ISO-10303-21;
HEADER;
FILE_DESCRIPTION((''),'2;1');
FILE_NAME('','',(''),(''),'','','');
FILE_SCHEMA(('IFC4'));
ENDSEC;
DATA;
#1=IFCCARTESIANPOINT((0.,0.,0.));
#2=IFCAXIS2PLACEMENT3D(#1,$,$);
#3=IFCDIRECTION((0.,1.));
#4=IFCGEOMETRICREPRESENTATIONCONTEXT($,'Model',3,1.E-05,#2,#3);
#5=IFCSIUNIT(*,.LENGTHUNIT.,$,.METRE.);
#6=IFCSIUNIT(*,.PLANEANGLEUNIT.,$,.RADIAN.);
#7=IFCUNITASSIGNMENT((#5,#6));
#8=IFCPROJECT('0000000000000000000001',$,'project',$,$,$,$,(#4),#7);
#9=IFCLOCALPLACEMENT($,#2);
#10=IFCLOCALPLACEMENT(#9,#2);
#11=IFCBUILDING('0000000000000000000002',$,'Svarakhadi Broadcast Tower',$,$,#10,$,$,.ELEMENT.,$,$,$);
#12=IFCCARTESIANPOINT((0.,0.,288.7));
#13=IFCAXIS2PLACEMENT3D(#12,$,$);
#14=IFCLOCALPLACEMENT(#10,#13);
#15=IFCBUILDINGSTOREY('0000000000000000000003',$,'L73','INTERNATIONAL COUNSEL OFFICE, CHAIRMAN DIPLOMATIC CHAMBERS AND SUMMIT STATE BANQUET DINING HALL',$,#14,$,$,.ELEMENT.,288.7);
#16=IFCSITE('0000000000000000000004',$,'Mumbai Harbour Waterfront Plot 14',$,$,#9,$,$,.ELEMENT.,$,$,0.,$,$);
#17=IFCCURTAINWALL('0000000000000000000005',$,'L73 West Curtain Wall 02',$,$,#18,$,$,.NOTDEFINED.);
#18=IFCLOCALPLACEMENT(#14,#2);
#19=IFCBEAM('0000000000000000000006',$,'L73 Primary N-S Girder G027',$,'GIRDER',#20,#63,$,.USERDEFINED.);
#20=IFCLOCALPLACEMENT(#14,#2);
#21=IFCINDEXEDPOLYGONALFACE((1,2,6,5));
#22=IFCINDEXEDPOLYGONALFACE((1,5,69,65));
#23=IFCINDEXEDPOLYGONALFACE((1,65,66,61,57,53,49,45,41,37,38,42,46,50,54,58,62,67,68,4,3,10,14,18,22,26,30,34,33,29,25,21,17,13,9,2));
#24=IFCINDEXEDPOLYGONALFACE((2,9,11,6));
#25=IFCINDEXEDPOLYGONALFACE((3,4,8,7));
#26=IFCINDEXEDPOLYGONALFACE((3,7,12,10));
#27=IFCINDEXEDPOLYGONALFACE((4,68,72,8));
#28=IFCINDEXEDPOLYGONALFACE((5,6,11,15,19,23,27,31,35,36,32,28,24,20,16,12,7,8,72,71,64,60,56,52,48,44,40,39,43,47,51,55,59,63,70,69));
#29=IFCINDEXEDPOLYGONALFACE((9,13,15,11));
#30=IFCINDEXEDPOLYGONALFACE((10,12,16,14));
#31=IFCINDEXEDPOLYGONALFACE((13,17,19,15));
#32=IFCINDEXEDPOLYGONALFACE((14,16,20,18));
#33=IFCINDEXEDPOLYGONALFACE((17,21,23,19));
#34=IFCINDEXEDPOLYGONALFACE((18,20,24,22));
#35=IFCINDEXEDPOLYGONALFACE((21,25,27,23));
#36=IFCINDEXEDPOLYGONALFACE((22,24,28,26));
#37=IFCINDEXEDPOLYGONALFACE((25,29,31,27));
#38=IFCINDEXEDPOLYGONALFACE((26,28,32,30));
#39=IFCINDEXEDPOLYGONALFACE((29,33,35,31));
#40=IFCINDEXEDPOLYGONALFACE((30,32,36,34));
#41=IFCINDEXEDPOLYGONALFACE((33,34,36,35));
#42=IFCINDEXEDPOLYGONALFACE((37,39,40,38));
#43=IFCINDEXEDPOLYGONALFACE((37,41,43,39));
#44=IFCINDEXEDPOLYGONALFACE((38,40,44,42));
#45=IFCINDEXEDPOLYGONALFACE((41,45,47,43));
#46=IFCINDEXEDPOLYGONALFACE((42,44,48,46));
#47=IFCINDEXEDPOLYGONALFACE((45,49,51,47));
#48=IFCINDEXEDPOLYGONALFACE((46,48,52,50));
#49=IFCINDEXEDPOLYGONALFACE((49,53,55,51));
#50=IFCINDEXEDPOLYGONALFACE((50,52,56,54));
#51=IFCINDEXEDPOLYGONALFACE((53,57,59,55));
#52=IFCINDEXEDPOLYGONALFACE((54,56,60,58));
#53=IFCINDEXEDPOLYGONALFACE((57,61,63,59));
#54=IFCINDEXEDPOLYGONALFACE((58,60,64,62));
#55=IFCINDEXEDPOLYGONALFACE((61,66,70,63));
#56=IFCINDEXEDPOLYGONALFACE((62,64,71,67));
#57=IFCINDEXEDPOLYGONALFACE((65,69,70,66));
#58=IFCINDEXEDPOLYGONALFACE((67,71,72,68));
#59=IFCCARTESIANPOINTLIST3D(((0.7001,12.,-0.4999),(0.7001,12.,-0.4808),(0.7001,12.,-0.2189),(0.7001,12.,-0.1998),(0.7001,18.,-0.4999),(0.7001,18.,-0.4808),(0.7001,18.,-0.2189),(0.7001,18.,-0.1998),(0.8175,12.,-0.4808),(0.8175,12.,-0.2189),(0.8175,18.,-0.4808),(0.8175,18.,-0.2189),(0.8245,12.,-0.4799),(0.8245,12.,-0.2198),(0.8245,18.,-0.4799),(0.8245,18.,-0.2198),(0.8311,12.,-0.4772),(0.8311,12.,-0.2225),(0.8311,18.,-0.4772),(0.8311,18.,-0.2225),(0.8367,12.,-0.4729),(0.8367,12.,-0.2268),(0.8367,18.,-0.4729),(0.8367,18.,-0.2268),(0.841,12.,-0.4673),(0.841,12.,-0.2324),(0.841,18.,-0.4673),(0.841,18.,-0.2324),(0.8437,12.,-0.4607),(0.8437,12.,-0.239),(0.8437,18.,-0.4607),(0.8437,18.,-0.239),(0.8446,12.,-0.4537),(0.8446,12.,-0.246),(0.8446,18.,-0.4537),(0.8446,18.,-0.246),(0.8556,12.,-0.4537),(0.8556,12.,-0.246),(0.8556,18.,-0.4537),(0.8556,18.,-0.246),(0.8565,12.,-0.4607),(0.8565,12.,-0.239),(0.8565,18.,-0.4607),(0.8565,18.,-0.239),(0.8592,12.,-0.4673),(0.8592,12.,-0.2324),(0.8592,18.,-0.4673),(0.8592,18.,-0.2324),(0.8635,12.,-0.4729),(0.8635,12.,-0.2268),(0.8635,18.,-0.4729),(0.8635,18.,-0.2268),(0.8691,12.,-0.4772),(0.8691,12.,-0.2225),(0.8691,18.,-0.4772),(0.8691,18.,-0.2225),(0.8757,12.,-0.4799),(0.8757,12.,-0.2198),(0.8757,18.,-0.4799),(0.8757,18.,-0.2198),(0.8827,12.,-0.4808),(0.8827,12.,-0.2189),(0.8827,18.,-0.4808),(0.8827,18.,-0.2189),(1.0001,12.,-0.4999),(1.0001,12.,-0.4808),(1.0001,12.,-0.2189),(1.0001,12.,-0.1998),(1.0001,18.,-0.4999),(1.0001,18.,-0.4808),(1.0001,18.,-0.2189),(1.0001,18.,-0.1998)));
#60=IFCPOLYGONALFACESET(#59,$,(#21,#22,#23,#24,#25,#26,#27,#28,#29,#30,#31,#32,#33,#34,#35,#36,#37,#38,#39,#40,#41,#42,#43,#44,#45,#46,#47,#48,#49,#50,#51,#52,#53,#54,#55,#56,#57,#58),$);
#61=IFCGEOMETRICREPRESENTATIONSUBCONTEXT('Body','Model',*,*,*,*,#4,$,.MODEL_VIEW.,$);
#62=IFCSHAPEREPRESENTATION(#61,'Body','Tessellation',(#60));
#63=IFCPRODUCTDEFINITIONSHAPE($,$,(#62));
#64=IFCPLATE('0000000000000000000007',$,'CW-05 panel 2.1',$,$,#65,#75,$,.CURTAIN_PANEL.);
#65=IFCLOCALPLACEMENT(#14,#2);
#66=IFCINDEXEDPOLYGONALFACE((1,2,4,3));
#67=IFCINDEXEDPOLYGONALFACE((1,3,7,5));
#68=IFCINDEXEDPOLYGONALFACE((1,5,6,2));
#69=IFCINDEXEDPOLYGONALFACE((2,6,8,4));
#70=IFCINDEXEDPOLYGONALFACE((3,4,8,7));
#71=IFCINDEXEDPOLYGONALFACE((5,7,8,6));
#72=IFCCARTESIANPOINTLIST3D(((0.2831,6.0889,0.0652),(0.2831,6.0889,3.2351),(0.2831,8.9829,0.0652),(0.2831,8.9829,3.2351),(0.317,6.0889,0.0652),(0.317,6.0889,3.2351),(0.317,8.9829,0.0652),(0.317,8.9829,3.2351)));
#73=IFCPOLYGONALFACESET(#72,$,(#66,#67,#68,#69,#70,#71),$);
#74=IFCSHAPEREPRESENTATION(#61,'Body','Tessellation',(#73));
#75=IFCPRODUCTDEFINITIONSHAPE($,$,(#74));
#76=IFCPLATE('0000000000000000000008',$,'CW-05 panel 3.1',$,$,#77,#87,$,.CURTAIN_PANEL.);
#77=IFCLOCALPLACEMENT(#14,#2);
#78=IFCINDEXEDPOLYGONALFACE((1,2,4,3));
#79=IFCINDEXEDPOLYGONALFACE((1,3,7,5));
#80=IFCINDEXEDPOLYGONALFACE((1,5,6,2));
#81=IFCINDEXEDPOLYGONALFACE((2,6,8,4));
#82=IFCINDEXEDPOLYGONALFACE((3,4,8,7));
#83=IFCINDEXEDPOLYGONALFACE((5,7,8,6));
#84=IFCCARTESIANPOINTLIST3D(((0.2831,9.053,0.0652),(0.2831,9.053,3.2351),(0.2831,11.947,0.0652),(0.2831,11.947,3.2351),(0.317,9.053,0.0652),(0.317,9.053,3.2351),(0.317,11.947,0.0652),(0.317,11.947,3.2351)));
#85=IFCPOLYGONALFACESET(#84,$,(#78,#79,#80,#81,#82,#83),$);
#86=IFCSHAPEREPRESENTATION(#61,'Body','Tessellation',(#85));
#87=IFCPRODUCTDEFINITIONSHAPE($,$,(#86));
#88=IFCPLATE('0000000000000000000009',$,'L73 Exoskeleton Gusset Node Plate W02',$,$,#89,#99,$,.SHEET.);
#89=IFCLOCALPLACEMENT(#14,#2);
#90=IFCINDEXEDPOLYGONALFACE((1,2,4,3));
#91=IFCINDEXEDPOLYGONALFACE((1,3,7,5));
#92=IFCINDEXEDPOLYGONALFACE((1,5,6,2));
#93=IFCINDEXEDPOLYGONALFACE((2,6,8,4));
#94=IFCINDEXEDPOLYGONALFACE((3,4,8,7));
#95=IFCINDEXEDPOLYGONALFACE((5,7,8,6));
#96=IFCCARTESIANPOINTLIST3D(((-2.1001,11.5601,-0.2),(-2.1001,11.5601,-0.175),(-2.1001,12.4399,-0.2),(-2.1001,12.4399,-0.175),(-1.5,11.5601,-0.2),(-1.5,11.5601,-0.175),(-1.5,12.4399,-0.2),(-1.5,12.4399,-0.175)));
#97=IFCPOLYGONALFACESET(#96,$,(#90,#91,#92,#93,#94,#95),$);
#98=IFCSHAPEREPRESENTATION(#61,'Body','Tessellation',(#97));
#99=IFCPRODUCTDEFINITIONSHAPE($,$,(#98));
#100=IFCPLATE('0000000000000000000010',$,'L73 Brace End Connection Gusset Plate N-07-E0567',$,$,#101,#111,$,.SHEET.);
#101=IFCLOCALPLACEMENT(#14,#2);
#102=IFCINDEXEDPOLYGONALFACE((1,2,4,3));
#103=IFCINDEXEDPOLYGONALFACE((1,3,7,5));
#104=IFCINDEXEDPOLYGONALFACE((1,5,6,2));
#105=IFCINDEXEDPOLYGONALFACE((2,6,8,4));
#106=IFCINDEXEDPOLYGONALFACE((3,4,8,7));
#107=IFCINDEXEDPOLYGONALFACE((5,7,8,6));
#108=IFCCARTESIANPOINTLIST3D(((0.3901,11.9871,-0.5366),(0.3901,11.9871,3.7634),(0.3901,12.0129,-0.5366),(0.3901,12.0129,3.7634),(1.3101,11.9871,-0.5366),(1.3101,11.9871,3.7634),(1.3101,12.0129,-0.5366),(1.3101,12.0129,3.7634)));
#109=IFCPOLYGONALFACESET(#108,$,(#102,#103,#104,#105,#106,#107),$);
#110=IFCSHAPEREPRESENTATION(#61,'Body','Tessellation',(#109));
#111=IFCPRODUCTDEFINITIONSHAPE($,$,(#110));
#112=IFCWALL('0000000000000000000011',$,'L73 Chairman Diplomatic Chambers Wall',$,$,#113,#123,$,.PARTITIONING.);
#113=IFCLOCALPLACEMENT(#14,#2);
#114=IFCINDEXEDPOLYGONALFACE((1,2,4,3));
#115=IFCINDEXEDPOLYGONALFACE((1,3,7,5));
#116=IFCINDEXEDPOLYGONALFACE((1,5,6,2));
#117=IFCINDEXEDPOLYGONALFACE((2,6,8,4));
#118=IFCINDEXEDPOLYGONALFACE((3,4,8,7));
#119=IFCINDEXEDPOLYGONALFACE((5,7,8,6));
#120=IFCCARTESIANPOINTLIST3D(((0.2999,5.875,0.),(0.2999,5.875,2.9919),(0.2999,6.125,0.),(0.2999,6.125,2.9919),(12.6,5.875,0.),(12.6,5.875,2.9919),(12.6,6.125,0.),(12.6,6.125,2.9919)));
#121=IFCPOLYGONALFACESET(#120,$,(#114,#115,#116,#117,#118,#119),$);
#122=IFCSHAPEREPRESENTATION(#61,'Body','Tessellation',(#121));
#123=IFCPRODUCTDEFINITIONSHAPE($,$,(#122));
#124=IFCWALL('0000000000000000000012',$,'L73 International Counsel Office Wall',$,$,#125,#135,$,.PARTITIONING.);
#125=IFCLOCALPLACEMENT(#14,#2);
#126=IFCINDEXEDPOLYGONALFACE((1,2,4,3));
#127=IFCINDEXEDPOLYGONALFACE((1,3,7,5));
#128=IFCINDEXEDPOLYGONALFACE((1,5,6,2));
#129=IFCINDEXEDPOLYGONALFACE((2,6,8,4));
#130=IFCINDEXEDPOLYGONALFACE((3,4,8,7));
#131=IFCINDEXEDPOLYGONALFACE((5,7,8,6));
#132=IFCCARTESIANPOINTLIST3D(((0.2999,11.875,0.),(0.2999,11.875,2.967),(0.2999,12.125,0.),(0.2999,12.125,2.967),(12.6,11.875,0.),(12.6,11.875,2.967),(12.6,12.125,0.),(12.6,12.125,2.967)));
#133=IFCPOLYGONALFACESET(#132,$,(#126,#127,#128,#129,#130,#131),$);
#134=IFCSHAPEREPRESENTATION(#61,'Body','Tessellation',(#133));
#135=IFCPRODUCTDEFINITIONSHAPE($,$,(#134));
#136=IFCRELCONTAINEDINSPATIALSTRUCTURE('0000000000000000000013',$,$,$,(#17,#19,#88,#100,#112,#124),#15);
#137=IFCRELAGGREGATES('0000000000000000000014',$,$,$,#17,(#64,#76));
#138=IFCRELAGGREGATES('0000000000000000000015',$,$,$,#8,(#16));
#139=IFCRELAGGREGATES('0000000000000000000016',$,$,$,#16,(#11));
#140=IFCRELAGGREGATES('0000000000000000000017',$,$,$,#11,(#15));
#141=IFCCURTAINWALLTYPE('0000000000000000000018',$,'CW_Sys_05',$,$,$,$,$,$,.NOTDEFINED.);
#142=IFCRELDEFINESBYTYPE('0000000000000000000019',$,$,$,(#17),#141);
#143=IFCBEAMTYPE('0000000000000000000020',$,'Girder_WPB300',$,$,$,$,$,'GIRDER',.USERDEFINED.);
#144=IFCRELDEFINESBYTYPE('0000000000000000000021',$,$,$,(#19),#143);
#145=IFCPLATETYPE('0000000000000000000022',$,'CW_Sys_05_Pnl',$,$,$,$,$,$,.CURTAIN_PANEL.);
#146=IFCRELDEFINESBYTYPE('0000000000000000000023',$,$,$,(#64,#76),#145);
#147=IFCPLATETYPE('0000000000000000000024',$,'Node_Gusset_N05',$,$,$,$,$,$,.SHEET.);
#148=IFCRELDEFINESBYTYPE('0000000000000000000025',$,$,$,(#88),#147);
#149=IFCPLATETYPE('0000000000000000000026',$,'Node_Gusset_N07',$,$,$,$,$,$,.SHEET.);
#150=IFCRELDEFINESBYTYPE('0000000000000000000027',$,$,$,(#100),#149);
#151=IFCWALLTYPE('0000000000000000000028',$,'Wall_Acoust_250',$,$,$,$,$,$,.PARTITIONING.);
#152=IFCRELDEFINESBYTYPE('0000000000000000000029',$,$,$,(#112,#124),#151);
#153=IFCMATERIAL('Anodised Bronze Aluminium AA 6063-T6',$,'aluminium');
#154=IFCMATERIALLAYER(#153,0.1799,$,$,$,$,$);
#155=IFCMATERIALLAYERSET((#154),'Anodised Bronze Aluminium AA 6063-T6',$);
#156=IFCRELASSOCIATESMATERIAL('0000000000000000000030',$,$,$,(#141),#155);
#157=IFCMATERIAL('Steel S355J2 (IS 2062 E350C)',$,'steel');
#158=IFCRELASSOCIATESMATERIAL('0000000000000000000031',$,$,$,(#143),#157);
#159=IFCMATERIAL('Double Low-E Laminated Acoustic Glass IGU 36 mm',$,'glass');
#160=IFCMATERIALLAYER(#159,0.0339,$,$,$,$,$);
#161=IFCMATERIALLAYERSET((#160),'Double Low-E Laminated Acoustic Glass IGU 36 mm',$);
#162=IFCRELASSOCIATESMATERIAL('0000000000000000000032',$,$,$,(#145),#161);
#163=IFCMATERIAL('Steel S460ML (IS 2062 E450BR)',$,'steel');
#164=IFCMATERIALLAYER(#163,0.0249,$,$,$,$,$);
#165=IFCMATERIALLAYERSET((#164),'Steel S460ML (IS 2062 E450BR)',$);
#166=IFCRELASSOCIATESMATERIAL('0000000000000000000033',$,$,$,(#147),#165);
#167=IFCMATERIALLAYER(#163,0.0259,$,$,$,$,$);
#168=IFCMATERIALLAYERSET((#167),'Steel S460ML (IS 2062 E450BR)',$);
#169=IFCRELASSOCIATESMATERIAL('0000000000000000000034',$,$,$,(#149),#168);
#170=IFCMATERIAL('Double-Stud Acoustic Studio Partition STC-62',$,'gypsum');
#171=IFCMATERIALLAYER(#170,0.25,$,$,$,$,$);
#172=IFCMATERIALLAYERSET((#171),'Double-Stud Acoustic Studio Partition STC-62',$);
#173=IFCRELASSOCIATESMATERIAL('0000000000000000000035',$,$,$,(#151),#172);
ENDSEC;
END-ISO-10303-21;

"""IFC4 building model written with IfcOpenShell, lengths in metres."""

from ifc_helpers import new_model, si_unit, direction, frame, frame_2d, origin, origin_2d, place, context, subcontext, project, spatial, rectangle, i_section, extrude, material, layer, layer_set, material_profile, profile_set, type_object, element, aggregate, save


model = new_model("IFC4")

# Units and contexts
model_context = context("Model", 3, precision=1e-05, world=origin(), true_north=direction((0.0, 1.0)))
body_context = subcontext(model_context, "Body", "Model", "MODEL_VIEW")
ifc_project = project(units=[si_unit("LENGTHUNIT", "METRE"), si_unit("PLANEANGLEUNIT", "RADIAN")], contexts=[model_context])

# Site, building, storey
site_placement = place(None, origin())
site = spatial("IfcSite", under=ifc_project, at=site_placement, Name="Mumbai Harbour Waterfront Plot 14", CompositionType="ELEMENT", RefElevation=0.0)
building_placement = place(site_placement, origin())
building = spatial("IfcBuilding", under=site, at=building_placement, Name="Svarakhadi Broadcast Tower", CompositionType="ELEMENT")
storey_placement = place(building_placement, frame((0.0, 0.0, 288.7)))
storey = spatial("IfcBuildingStorey", under=building, at=storey_placement, Name="L73", Description="INTERNATIONAL COUNSEL OFFICE, CHAIRMAN DIPLOMATIC CHAMBERS AND SUMMIT STATE BANQUET DINING HALL", CompositionType="ELEMENT", Elevation=288.7)

# Shared definitions
ifc_material_1 = material(Name="Steel S460ML (IS 2062 E450BR)", Category="steel")

# Shared definitions
ifc_material_2 = material(Name="Steel S355J2 (IS 2062 E350C)", Category="steel")

# Curtain wall
ifc_material_3 = material(Name="Anodised Bronze Aluminium AA 6063-T6", Category="aluminium")
ifc_layer_1 = layer(ifc_material_3, 0.1799)
ifc_layer_set_1 = layer_set([ifc_layer_1], Name="Anodised Bronze Aluminium AA 6063-T6")
curtain_wall_type = type_object("IfcCurtainWallType", Name="CW_Sys_05", PredefinedType="NOTDEFINED", material=ifc_layer_set_1)
curtain_wall_placement = place(storey_placement, origin())
curtain_wall = element("IfcCurtainWall", 1, at=curtain_wall_placement, inside=storey, type_object=curtain_wall_type, Name="L73 West Curtain Wall 02", PredefinedType="NOTDEFINED")

# Beam
ifc_material_profile_1 = material_profile(ifc_material_2, i_section(OverallWidth=0.3, OverallDepth=0.3, WebThickness=0.011, FlangeThickness=0.019, FilletRadius=0.0271, at=origin_2d()), Name="WPB 300x300x117")
ifc_profile_set_1 = profile_set([ifc_material_profile_1], Name="Steel S355J2 (IS 2062 E350C)")
beam_type_1 = type_object("IfcBeamType", Name="Girder_WPB300", ElementType="GIRDER", PredefinedType="USERDEFINED", material=ifc_profile_set_1)
for number, where, z_axis, x_axis, name in (
    (2, (0.8501, 12.0, -0.3499), (0.0, 1.0, 0.0), (-1.0, 0.0, 0.0), "L73 Primary N-S Girder G027"),
):
    element("IfcBeam", number, at=place(storey_placement, frame(where, z_axis=z_axis, x_axis=x_axis)), inside=storey, type_object=beam_type_1, Name=name, ObjectType="GIRDER", PredefinedType="USERDEFINED", context=body_context, shape_type="SweptSolid", body=[
        extrude(i_section(OverallWidth=0.3, OverallDepth=0.3, WebThickness=0.011, FlangeThickness=0.019, FilletRadius=0.0271, at=origin_2d()), origin(), (0.0, 0.0, 1.0), 6.0),
    ])

# Plates
ifc_material_4 = material(Name="Double Low-E Laminated Acoustic Glass IGU 36 mm", Category="glass")
ifc_layer_2 = layer(ifc_material_4, 0.0339)
ifc_layer_set_2 = layer_set([ifc_layer_2], Name="Double Low-E Laminated Acoustic Glass IGU 36 mm")
plate_type_1 = type_object("IfcPlateType", Name="CW_Sys_05_Pnl", PredefinedType="CURTAIN_PANEL", material=ifc_layer_set_2)
plate_1_placement = place(storey_placement, frame((0.3, 7.5359, 0.0652), z_axis=(0.0, 0.0, 1.0), x_axis=(0.0, 1.0, 0.0)))
plate_1 = element("IfcPlate", 3, at=plate_1_placement, type_object=plate_type_1, Name="CW-05 panel 2.1", PredefinedType="CURTAIN_PANEL", context=body_context, shape_type="SweptSolid", body=[
    extrude(rectangle(XDim=2.894, YDim=0.0339, at=origin_2d()), origin(), (0.0, 0.0, 1.0), 3.1699),
])
plate_2_placement = place(storey_placement, frame((0.3, 10.5, 0.0652), z_axis=(0.0, 0.0, 1.0), x_axis=(0.0, 1.0, 0.0)))
plate_2 = element("IfcPlate", 4, at=plate_2_placement, type_object=plate_type_1, Name="CW-05 panel 3.1", PredefinedType="CURTAIN_PANEL", context=body_context, shape_type="SweptSolid", body=[
    extrude(rectangle(XDim=2.894, YDim=0.0339, at=origin_2d()), origin(), (0.0, 0.0, 1.0), 3.1699),
])
aggregate(curtain_wall, [plate_1, plate_2])

# Plates
ifc_layer_3 = layer(ifc_material_1, 0.0249)
ifc_layer_set_3 = layer_set([ifc_layer_3], Name="Steel S460ML (IS 2062 E450BR)")
plate_type_2 = type_object("IfcPlateType", Name="Node_Gusset_N05", PredefinedType="SHEET", material=ifc_layer_set_3)
plate_3_placement = place(storey_placement, frame((-1.8, 12.0, -0.2), z_axis=(0.0, 0.0, 1.0), x_axis=(0.0, 1.0, 0.0)))
element("IfcPlate", 5, at=plate_3_placement, inside=storey, type_object=plate_type_2, Name="L73 Exoskeleton Gusset Node Plate W02", PredefinedType="SHEET", context=body_context, shape_type="SweptSolid", body=[
    extrude(rectangle(XDim=0.8799, YDim=0.6001, at=origin_2d()), origin(), (0.0, 0.0, 1.0), 0.0249),
])
ifc_layer_4 = layer(ifc_material_1, 0.0259)
ifc_layer_set_4 = layer_set([ifc_layer_4], Name="Steel S460ML (IS 2062 E450BR)")
plate_type_3 = type_object("IfcPlateType", Name="Node_Gusset_N07", PredefinedType="SHEET", material=ifc_layer_set_4)
plate_4_placement = place(storey_placement, frame((0.8501, 12.0, -0.5366), z_axis=(0.0, 0.0, 1.0), x_axis=(1.0, 0.0, 0.0)))
element("IfcPlate", 6, at=plate_4_placement, inside=storey, type_object=plate_type_3, Name="L73 Brace End Connection Gusset Plate N-07-E0567", PredefinedType="SHEET", context=body_context, shape_type="SweptSolid", body=[
    extrude(rectangle(XDim=0.9199, YDim=0.0259, at=origin_2d()), origin(), (0.0, 0.0, 1.0), 4.3),
])

# Walls
ifc_material_5 = material(Name="Double-Stud Acoustic Studio Partition STC-62", Category="gypsum")
ifc_layer_5 = layer(ifc_material_5, 0.25)
ifc_layer_set_5 = layer_set([ifc_layer_5], Name="Double-Stud Acoustic Studio Partition STC-62")
wall_type = type_object("IfcWallType", Name="Wall_Acoust_250", PredefinedType="PARTITIONING", material=ifc_layer_set_5)
wall_1_placement = place(storey_placement, frame((0.3, 6.0, 0.0), z_axis=(0.0, 0.0, 1.0), x_axis=(1.0, 0.0, 0.0)))
element("IfcWall", 7, at=wall_1_placement, inside=storey, type_object=wall_type, Name="L73 Chairman Diplomatic Chambers Wall", PredefinedType="PARTITIONING", context=body_context, shape_type="SweptSolid", body=[
    extrude(rectangle(XDim=12.3, YDim=0.25, at=frame_2d((6.1499, 0.0))), origin(), (0.0, 0.0, 1.0), 2.9919),
])
wall_2_placement = place(storey_placement, frame((0.3, 12.0, 0.0), z_axis=(0.0, 0.0, 1.0), x_axis=(1.0, 0.0, 0.0)))
element("IfcWall", 8, at=wall_2_placement, inside=storey, type_object=wall_type, Name="L73 International Counsel Office Wall", PredefinedType="PARTITIONING", context=body_context, shape_type="SweptSolid", body=[
    extrude(rectangle(XDim=12.3, YDim=0.25, at=frame_2d((6.1499, 0.0))), origin(), (0.0, 0.0, 1.0), 2.967),
])

save(model, "model.ifc")
